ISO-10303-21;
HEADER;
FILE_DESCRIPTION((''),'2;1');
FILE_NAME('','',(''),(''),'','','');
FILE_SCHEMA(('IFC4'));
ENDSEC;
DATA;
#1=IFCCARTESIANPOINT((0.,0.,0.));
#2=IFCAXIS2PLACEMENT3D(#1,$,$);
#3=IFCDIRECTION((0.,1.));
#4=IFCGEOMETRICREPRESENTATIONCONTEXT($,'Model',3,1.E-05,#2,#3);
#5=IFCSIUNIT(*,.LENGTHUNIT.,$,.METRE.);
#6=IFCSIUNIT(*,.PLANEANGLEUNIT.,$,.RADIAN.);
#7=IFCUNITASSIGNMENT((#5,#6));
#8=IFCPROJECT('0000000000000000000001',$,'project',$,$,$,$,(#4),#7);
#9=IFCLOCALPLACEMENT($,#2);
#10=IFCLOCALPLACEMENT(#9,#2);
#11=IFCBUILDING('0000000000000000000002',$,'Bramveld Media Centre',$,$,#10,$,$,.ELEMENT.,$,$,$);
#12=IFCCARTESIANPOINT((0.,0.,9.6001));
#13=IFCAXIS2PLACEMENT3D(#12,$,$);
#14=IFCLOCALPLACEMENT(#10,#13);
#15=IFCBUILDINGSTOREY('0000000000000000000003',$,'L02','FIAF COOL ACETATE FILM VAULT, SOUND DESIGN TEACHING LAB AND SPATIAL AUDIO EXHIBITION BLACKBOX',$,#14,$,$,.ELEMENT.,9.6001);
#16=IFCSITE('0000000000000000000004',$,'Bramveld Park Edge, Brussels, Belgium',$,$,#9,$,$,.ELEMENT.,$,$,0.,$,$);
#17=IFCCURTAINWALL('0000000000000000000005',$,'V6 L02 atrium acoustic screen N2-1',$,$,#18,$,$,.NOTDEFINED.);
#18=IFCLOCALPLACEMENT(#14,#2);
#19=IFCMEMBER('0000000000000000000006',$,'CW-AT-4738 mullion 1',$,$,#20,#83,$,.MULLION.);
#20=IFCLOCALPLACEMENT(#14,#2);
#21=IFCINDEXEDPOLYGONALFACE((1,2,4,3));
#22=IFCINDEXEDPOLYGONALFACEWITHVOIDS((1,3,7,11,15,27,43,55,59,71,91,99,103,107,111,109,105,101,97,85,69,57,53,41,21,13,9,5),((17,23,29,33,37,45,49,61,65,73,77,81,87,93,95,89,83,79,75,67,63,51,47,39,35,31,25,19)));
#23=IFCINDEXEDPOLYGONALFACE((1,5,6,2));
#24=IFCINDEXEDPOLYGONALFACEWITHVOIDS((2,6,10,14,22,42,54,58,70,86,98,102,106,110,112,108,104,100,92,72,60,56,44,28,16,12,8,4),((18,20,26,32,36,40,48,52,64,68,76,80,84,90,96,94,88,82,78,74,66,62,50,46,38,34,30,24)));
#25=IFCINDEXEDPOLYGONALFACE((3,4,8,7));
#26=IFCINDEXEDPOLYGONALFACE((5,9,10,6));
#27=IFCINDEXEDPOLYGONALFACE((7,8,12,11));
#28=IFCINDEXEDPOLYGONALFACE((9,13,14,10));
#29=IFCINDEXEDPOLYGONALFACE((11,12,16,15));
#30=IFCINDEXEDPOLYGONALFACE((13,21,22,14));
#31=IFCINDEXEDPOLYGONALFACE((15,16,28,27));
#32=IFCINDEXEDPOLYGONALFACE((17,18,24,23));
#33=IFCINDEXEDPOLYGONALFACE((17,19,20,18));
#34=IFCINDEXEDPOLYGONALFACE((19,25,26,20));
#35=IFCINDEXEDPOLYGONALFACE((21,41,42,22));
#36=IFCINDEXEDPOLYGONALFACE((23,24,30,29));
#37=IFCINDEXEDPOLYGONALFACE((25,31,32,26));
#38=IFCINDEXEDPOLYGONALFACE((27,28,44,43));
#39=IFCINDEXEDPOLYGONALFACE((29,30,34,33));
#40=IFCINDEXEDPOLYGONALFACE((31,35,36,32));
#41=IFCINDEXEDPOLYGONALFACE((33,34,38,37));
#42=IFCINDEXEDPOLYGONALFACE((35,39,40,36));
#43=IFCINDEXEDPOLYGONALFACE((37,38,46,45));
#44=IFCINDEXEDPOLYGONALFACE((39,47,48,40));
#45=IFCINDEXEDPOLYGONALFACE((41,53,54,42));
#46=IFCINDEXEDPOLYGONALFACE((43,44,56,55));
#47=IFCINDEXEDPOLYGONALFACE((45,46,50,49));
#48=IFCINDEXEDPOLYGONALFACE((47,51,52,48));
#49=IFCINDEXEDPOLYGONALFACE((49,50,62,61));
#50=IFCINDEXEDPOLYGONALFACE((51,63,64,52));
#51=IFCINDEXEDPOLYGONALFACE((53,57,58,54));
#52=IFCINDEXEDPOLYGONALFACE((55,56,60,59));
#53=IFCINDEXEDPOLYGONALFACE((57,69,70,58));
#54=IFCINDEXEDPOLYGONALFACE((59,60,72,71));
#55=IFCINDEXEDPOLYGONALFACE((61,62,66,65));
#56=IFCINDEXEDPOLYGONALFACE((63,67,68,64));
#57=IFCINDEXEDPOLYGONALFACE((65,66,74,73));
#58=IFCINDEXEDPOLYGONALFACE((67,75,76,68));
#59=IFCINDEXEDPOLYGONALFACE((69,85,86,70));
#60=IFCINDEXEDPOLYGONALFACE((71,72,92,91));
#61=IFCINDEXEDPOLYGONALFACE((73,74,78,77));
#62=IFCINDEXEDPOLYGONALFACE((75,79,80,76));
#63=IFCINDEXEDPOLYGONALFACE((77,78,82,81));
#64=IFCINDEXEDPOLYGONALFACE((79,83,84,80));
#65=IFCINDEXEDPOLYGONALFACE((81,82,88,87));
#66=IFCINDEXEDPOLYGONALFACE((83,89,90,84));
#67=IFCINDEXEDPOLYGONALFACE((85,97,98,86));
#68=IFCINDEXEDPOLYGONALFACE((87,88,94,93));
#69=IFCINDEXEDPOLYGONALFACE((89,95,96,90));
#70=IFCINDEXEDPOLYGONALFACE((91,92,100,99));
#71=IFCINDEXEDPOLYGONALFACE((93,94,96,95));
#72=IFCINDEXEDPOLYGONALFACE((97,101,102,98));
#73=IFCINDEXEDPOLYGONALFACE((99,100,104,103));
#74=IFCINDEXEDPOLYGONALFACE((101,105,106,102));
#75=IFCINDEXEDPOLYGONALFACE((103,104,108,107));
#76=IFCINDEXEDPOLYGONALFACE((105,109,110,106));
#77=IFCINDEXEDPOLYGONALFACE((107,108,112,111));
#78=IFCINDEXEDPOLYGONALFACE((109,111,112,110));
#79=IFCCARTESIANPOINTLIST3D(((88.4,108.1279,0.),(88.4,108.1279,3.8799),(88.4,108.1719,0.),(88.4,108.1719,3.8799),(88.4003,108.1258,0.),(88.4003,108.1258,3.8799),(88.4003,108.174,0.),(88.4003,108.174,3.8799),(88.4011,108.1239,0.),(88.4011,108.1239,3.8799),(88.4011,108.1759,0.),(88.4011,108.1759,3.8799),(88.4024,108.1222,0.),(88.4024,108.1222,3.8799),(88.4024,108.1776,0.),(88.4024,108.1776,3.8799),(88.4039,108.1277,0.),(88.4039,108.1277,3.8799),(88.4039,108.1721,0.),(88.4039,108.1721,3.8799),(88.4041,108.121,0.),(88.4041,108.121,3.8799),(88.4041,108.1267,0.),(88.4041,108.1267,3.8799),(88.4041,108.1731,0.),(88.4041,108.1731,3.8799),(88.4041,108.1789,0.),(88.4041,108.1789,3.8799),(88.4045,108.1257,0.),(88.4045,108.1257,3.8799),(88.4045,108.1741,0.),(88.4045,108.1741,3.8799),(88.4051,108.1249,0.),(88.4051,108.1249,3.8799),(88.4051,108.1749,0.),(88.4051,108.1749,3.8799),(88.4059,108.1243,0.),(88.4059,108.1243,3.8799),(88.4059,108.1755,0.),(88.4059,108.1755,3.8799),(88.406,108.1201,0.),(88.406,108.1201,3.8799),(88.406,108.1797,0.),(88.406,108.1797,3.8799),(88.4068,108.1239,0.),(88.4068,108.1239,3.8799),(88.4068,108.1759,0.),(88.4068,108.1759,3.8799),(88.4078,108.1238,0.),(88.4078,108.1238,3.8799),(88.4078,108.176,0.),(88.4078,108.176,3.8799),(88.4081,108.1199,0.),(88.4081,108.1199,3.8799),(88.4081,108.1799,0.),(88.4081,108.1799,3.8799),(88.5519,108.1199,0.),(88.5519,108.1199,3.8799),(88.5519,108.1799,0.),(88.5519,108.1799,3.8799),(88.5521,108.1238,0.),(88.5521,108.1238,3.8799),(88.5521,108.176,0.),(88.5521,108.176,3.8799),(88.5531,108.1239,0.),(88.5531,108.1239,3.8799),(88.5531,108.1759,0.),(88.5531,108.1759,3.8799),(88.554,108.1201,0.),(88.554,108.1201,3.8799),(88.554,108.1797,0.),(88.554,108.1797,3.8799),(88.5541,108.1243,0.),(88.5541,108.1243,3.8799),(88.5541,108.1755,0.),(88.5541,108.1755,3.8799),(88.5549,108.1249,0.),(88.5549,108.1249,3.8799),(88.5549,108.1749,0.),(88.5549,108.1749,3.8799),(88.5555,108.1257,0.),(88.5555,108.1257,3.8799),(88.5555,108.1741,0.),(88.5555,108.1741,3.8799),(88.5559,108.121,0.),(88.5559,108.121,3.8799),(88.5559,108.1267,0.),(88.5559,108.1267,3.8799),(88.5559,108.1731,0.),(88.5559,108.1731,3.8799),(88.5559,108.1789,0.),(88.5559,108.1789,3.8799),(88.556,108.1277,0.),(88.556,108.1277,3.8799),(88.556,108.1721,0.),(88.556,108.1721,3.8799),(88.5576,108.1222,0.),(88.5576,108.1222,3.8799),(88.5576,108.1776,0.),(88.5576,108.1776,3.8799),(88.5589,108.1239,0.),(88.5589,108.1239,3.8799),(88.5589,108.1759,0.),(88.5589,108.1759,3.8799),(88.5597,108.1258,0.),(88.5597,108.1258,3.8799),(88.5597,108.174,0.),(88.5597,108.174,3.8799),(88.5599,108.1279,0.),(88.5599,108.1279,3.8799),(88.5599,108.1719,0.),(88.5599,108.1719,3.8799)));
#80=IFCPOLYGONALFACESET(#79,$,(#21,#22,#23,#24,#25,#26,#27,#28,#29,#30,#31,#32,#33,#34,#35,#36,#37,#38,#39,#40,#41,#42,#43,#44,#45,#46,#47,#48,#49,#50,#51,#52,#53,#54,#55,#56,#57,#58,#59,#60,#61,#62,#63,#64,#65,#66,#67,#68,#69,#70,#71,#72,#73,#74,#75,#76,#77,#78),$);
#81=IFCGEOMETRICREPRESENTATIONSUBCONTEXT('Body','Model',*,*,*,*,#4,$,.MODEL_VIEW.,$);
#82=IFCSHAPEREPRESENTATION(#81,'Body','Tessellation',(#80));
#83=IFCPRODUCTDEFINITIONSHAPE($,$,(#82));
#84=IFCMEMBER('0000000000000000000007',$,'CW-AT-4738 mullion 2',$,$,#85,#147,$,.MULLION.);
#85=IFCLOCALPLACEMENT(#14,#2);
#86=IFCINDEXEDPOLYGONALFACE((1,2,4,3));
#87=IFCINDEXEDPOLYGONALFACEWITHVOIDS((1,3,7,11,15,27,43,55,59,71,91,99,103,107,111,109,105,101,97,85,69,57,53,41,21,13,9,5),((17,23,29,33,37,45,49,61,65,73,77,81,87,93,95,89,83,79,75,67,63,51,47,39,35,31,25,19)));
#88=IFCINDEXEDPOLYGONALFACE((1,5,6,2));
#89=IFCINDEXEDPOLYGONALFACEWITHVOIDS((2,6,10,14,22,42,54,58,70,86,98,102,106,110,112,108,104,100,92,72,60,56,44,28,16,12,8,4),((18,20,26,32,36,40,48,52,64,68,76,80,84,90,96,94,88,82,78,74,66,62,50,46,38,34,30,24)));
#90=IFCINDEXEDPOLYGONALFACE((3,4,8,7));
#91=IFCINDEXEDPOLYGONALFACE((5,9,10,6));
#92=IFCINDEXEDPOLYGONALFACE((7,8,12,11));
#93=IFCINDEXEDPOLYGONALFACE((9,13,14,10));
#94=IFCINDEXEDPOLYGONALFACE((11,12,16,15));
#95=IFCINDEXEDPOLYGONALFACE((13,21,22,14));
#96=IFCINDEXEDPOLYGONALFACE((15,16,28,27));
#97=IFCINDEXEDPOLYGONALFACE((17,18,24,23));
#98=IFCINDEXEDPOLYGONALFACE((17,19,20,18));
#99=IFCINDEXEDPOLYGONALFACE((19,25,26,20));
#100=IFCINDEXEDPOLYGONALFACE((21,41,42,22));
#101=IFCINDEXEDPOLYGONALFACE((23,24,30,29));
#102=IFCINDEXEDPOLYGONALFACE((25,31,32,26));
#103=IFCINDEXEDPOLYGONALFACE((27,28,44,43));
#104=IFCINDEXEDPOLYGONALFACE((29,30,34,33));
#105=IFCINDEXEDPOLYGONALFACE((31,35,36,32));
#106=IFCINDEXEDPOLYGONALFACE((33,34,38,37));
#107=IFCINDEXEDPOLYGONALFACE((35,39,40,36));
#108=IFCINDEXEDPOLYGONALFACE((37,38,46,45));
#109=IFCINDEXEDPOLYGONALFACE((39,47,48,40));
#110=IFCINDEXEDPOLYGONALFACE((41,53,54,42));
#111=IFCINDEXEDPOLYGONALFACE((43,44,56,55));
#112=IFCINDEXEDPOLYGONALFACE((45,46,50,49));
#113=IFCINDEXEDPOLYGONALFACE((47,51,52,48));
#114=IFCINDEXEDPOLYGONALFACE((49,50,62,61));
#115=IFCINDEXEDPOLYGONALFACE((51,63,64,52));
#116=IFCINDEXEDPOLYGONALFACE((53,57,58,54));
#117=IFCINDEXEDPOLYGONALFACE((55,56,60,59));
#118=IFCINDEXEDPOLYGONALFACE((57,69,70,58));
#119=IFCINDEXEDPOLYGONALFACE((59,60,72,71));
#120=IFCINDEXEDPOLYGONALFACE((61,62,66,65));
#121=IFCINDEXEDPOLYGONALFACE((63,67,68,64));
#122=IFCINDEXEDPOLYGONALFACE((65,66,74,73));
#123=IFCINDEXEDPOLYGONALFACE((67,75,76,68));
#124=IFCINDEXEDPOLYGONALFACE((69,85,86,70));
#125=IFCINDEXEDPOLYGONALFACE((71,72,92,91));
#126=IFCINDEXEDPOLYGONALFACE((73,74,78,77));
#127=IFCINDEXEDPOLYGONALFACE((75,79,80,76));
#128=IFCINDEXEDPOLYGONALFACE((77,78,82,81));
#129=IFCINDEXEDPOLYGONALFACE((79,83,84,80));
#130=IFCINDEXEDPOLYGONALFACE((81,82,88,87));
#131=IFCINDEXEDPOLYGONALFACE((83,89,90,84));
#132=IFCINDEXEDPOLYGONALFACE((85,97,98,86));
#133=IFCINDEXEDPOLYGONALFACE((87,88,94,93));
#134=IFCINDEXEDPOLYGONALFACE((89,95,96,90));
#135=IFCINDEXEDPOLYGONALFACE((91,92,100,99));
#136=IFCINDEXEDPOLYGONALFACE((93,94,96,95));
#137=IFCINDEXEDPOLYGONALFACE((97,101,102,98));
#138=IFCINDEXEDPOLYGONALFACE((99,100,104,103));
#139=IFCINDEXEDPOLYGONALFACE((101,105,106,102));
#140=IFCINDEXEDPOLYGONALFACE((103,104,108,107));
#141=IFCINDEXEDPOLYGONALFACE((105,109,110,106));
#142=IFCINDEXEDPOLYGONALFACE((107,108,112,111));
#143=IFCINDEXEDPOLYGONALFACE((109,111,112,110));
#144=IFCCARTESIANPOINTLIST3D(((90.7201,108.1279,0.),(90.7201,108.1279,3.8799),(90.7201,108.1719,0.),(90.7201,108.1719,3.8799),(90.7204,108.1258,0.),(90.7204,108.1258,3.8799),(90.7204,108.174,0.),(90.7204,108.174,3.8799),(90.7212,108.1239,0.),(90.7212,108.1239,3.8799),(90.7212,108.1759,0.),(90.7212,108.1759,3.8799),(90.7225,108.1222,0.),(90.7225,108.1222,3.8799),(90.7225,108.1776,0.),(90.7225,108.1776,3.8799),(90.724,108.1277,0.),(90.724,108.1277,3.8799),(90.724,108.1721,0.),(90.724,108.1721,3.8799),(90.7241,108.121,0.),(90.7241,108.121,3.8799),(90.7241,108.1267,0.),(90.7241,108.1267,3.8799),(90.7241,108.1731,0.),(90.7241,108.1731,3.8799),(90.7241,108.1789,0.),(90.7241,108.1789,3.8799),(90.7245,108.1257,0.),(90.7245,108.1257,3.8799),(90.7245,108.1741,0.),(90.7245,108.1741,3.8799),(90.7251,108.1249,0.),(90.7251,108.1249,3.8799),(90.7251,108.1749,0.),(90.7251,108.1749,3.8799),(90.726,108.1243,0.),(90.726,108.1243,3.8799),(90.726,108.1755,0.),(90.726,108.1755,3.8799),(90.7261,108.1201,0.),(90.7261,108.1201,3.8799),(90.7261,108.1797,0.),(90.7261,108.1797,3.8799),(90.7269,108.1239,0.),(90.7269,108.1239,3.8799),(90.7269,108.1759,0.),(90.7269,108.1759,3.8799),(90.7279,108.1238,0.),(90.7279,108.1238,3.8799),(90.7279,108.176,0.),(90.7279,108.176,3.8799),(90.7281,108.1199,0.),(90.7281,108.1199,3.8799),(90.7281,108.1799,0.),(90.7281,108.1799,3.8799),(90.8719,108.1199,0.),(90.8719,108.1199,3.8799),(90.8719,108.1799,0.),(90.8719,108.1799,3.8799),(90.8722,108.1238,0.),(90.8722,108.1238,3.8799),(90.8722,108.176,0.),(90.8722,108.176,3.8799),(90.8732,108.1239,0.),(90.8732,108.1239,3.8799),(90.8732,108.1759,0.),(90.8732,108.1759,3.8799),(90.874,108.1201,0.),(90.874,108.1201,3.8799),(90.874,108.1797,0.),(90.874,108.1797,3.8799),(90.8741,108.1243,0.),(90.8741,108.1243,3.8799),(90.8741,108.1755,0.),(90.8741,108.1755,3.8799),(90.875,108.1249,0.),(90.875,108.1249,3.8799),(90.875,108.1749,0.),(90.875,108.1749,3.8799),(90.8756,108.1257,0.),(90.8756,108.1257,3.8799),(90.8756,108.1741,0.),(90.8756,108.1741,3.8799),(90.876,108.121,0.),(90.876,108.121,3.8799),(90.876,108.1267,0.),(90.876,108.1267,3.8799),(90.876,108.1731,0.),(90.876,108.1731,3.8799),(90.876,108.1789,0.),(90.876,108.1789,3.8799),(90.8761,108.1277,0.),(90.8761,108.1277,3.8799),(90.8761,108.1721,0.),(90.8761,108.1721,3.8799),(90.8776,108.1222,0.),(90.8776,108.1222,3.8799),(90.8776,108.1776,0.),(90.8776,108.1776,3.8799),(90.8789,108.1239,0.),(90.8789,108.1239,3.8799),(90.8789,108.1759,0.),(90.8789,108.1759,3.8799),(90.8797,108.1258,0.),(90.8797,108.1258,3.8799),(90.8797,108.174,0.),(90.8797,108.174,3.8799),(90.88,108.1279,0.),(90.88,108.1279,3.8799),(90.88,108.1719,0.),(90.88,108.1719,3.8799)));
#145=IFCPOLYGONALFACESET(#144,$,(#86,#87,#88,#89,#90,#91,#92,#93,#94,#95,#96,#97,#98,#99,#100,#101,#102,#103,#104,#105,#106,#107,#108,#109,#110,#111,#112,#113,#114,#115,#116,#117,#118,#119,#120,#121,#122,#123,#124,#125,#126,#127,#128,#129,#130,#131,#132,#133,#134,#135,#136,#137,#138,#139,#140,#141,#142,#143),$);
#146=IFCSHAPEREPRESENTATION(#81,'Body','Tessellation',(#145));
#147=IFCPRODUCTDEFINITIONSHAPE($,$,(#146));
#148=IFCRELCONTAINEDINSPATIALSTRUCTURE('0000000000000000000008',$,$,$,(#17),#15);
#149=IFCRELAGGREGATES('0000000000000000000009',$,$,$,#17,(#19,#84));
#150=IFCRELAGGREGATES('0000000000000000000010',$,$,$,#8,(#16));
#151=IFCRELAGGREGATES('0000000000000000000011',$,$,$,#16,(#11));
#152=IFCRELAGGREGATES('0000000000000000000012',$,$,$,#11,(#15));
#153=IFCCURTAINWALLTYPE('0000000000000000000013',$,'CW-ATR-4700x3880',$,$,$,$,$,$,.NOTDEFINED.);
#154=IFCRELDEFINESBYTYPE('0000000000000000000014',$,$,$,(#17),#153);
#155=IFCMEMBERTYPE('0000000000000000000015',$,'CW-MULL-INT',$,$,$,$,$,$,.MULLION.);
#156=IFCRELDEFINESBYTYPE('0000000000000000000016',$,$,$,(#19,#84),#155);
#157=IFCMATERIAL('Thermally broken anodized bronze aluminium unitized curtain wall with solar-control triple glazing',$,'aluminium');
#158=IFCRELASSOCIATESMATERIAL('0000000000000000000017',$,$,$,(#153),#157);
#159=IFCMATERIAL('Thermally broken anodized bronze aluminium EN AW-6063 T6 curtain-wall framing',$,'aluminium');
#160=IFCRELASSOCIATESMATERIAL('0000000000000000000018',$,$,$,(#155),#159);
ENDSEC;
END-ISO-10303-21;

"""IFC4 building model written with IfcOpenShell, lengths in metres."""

from ifc_helpers import new_model, si_unit, direction, frame, origin, origin_2d, place, context, subcontext, project, spatial, hollow_rectangle, extrude, material, material_profile, profile_set, type_object, element, aggregate, save


model = new_model("IFC4")

# Units and contexts
model_context = context("Model", 3, precision=1e-05, world=origin(), true_north=direction((0.0, 1.0)))
body_context = subcontext(model_context, "Body", "Model", "MODEL_VIEW")
ifc_project = project(units=[si_unit("LENGTHUNIT", "METRE"), si_unit("PLANEANGLEUNIT", "RADIAN")], contexts=[model_context])

# Site, building, storey
site_placement = place(None, origin())
site = spatial("IfcSite", under=ifc_project, at=site_placement, Name="Bramveld Park Edge, Brussels, Belgium", CompositionType="ELEMENT", RefElevation=0.0)
building_placement = place(site_placement, origin())
building = spatial("IfcBuilding", under=site, at=building_placement, Name="Bramveld Media Centre", CompositionType="ELEMENT")
storey_placement = place(building_placement, frame((0.0, 0.0, 9.6001)))
storey = spatial("IfcBuildingStorey", under=building, at=storey_placement, Name="L02", Description="FIAF COOL ACETATE FILM VAULT, SOUND DESIGN TEACHING LAB AND SPATIAL AUDIO EXHIBITION BLACKBOX", CompositionType="ELEMENT", Elevation=9.6001)

# Shared definitions
ifc_material_1 = material(Name="Thermally broken anodized bronze aluminium unitized curtain wall with solar-control triple glazing", Category="aluminium")
curtain_wall_type_1 = type_object("IfcCurtainWallType", Name="CW-ATR-4700x3880", PredefinedType="NOTDEFINED", material=ifc_material_1)
ifc_material_2 = material(Name="Thermally broken anodized bronze aluminium EN AW-6063 T6 curtain-wall framing", Category="aluminium")
ifc_material_profile_1 = material_profile(ifc_material_2, hollow_rectangle(XDim=0.0601, YDim=0.1599, WallThickness=0.0039, InnerFilletRadius=0.0039, OuterFilletRadius=0.0081, at=origin_2d()), Name="AL-MULL 60x160")
ifc_profile_set_1 = profile_set([ifc_material_profile_1], Name="Thermally broken anodized bronze aluminium EN AW-6063 T6 curtain-wall framing")
member_type_1 = type_object("IfcMemberType", Name="CW-MULL-INT", PredefinedType="MULLION", material=ifc_profile_set_1)

# Curtain wall, members
curtain_wall_1_placement = place(storey_placement, origin())
curtain_wall_1 = element("IfcCurtainWall", 1, at=curtain_wall_1_placement, inside=storey, type_object=curtain_wall_type_1, Name="V6 L02 atrium acoustic screen N2-1", PredefinedType="NOTDEFINED")
member_1_placement = place(storey_placement, frame((88.48, 108.1499, 0.0), z_axis=(0.0, 0.0, 1.0), x_axis=(0.0, 1.0, 0.0)))
member_1 = element("IfcMember", 2, at=member_1_placement, type_object=member_type_1, Name="CW-AT-4738 mullion 1", PredefinedType="MULLION", context=body_context, shape_type="SweptSolid", body=[
    extrude(hollow_rectangle(XDim=0.0601, YDim=0.1599, WallThickness=0.0039, InnerFilletRadius=0.0039, OuterFilletRadius=0.0081, at=origin_2d()), origin(), (0.0, 0.0, 1.0), 3.8799),
])
member_2_placement = place(storey_placement, frame((90.8, 108.1499, 0.0), z_axis=(0.0, 0.0, 1.0), x_axis=(0.0, 1.0, 0.0)))
member_2 = element("IfcMember", 3, at=member_2_placement, type_object=member_type_1, Name="CW-AT-4738 mullion 2", PredefinedType="MULLION", context=body_context, shape_type="SweptSolid", body=[
    extrude(hollow_rectangle(XDim=0.0601, YDim=0.1599, WallThickness=0.0039, InnerFilletRadius=0.0039, OuterFilletRadius=0.0081, at=origin_2d()), origin(), (0.0, 0.0, 1.0), 3.8799),
])

aggregate(curtain_wall_1, [member_1, member_2])

save(model, "model.ifc")
